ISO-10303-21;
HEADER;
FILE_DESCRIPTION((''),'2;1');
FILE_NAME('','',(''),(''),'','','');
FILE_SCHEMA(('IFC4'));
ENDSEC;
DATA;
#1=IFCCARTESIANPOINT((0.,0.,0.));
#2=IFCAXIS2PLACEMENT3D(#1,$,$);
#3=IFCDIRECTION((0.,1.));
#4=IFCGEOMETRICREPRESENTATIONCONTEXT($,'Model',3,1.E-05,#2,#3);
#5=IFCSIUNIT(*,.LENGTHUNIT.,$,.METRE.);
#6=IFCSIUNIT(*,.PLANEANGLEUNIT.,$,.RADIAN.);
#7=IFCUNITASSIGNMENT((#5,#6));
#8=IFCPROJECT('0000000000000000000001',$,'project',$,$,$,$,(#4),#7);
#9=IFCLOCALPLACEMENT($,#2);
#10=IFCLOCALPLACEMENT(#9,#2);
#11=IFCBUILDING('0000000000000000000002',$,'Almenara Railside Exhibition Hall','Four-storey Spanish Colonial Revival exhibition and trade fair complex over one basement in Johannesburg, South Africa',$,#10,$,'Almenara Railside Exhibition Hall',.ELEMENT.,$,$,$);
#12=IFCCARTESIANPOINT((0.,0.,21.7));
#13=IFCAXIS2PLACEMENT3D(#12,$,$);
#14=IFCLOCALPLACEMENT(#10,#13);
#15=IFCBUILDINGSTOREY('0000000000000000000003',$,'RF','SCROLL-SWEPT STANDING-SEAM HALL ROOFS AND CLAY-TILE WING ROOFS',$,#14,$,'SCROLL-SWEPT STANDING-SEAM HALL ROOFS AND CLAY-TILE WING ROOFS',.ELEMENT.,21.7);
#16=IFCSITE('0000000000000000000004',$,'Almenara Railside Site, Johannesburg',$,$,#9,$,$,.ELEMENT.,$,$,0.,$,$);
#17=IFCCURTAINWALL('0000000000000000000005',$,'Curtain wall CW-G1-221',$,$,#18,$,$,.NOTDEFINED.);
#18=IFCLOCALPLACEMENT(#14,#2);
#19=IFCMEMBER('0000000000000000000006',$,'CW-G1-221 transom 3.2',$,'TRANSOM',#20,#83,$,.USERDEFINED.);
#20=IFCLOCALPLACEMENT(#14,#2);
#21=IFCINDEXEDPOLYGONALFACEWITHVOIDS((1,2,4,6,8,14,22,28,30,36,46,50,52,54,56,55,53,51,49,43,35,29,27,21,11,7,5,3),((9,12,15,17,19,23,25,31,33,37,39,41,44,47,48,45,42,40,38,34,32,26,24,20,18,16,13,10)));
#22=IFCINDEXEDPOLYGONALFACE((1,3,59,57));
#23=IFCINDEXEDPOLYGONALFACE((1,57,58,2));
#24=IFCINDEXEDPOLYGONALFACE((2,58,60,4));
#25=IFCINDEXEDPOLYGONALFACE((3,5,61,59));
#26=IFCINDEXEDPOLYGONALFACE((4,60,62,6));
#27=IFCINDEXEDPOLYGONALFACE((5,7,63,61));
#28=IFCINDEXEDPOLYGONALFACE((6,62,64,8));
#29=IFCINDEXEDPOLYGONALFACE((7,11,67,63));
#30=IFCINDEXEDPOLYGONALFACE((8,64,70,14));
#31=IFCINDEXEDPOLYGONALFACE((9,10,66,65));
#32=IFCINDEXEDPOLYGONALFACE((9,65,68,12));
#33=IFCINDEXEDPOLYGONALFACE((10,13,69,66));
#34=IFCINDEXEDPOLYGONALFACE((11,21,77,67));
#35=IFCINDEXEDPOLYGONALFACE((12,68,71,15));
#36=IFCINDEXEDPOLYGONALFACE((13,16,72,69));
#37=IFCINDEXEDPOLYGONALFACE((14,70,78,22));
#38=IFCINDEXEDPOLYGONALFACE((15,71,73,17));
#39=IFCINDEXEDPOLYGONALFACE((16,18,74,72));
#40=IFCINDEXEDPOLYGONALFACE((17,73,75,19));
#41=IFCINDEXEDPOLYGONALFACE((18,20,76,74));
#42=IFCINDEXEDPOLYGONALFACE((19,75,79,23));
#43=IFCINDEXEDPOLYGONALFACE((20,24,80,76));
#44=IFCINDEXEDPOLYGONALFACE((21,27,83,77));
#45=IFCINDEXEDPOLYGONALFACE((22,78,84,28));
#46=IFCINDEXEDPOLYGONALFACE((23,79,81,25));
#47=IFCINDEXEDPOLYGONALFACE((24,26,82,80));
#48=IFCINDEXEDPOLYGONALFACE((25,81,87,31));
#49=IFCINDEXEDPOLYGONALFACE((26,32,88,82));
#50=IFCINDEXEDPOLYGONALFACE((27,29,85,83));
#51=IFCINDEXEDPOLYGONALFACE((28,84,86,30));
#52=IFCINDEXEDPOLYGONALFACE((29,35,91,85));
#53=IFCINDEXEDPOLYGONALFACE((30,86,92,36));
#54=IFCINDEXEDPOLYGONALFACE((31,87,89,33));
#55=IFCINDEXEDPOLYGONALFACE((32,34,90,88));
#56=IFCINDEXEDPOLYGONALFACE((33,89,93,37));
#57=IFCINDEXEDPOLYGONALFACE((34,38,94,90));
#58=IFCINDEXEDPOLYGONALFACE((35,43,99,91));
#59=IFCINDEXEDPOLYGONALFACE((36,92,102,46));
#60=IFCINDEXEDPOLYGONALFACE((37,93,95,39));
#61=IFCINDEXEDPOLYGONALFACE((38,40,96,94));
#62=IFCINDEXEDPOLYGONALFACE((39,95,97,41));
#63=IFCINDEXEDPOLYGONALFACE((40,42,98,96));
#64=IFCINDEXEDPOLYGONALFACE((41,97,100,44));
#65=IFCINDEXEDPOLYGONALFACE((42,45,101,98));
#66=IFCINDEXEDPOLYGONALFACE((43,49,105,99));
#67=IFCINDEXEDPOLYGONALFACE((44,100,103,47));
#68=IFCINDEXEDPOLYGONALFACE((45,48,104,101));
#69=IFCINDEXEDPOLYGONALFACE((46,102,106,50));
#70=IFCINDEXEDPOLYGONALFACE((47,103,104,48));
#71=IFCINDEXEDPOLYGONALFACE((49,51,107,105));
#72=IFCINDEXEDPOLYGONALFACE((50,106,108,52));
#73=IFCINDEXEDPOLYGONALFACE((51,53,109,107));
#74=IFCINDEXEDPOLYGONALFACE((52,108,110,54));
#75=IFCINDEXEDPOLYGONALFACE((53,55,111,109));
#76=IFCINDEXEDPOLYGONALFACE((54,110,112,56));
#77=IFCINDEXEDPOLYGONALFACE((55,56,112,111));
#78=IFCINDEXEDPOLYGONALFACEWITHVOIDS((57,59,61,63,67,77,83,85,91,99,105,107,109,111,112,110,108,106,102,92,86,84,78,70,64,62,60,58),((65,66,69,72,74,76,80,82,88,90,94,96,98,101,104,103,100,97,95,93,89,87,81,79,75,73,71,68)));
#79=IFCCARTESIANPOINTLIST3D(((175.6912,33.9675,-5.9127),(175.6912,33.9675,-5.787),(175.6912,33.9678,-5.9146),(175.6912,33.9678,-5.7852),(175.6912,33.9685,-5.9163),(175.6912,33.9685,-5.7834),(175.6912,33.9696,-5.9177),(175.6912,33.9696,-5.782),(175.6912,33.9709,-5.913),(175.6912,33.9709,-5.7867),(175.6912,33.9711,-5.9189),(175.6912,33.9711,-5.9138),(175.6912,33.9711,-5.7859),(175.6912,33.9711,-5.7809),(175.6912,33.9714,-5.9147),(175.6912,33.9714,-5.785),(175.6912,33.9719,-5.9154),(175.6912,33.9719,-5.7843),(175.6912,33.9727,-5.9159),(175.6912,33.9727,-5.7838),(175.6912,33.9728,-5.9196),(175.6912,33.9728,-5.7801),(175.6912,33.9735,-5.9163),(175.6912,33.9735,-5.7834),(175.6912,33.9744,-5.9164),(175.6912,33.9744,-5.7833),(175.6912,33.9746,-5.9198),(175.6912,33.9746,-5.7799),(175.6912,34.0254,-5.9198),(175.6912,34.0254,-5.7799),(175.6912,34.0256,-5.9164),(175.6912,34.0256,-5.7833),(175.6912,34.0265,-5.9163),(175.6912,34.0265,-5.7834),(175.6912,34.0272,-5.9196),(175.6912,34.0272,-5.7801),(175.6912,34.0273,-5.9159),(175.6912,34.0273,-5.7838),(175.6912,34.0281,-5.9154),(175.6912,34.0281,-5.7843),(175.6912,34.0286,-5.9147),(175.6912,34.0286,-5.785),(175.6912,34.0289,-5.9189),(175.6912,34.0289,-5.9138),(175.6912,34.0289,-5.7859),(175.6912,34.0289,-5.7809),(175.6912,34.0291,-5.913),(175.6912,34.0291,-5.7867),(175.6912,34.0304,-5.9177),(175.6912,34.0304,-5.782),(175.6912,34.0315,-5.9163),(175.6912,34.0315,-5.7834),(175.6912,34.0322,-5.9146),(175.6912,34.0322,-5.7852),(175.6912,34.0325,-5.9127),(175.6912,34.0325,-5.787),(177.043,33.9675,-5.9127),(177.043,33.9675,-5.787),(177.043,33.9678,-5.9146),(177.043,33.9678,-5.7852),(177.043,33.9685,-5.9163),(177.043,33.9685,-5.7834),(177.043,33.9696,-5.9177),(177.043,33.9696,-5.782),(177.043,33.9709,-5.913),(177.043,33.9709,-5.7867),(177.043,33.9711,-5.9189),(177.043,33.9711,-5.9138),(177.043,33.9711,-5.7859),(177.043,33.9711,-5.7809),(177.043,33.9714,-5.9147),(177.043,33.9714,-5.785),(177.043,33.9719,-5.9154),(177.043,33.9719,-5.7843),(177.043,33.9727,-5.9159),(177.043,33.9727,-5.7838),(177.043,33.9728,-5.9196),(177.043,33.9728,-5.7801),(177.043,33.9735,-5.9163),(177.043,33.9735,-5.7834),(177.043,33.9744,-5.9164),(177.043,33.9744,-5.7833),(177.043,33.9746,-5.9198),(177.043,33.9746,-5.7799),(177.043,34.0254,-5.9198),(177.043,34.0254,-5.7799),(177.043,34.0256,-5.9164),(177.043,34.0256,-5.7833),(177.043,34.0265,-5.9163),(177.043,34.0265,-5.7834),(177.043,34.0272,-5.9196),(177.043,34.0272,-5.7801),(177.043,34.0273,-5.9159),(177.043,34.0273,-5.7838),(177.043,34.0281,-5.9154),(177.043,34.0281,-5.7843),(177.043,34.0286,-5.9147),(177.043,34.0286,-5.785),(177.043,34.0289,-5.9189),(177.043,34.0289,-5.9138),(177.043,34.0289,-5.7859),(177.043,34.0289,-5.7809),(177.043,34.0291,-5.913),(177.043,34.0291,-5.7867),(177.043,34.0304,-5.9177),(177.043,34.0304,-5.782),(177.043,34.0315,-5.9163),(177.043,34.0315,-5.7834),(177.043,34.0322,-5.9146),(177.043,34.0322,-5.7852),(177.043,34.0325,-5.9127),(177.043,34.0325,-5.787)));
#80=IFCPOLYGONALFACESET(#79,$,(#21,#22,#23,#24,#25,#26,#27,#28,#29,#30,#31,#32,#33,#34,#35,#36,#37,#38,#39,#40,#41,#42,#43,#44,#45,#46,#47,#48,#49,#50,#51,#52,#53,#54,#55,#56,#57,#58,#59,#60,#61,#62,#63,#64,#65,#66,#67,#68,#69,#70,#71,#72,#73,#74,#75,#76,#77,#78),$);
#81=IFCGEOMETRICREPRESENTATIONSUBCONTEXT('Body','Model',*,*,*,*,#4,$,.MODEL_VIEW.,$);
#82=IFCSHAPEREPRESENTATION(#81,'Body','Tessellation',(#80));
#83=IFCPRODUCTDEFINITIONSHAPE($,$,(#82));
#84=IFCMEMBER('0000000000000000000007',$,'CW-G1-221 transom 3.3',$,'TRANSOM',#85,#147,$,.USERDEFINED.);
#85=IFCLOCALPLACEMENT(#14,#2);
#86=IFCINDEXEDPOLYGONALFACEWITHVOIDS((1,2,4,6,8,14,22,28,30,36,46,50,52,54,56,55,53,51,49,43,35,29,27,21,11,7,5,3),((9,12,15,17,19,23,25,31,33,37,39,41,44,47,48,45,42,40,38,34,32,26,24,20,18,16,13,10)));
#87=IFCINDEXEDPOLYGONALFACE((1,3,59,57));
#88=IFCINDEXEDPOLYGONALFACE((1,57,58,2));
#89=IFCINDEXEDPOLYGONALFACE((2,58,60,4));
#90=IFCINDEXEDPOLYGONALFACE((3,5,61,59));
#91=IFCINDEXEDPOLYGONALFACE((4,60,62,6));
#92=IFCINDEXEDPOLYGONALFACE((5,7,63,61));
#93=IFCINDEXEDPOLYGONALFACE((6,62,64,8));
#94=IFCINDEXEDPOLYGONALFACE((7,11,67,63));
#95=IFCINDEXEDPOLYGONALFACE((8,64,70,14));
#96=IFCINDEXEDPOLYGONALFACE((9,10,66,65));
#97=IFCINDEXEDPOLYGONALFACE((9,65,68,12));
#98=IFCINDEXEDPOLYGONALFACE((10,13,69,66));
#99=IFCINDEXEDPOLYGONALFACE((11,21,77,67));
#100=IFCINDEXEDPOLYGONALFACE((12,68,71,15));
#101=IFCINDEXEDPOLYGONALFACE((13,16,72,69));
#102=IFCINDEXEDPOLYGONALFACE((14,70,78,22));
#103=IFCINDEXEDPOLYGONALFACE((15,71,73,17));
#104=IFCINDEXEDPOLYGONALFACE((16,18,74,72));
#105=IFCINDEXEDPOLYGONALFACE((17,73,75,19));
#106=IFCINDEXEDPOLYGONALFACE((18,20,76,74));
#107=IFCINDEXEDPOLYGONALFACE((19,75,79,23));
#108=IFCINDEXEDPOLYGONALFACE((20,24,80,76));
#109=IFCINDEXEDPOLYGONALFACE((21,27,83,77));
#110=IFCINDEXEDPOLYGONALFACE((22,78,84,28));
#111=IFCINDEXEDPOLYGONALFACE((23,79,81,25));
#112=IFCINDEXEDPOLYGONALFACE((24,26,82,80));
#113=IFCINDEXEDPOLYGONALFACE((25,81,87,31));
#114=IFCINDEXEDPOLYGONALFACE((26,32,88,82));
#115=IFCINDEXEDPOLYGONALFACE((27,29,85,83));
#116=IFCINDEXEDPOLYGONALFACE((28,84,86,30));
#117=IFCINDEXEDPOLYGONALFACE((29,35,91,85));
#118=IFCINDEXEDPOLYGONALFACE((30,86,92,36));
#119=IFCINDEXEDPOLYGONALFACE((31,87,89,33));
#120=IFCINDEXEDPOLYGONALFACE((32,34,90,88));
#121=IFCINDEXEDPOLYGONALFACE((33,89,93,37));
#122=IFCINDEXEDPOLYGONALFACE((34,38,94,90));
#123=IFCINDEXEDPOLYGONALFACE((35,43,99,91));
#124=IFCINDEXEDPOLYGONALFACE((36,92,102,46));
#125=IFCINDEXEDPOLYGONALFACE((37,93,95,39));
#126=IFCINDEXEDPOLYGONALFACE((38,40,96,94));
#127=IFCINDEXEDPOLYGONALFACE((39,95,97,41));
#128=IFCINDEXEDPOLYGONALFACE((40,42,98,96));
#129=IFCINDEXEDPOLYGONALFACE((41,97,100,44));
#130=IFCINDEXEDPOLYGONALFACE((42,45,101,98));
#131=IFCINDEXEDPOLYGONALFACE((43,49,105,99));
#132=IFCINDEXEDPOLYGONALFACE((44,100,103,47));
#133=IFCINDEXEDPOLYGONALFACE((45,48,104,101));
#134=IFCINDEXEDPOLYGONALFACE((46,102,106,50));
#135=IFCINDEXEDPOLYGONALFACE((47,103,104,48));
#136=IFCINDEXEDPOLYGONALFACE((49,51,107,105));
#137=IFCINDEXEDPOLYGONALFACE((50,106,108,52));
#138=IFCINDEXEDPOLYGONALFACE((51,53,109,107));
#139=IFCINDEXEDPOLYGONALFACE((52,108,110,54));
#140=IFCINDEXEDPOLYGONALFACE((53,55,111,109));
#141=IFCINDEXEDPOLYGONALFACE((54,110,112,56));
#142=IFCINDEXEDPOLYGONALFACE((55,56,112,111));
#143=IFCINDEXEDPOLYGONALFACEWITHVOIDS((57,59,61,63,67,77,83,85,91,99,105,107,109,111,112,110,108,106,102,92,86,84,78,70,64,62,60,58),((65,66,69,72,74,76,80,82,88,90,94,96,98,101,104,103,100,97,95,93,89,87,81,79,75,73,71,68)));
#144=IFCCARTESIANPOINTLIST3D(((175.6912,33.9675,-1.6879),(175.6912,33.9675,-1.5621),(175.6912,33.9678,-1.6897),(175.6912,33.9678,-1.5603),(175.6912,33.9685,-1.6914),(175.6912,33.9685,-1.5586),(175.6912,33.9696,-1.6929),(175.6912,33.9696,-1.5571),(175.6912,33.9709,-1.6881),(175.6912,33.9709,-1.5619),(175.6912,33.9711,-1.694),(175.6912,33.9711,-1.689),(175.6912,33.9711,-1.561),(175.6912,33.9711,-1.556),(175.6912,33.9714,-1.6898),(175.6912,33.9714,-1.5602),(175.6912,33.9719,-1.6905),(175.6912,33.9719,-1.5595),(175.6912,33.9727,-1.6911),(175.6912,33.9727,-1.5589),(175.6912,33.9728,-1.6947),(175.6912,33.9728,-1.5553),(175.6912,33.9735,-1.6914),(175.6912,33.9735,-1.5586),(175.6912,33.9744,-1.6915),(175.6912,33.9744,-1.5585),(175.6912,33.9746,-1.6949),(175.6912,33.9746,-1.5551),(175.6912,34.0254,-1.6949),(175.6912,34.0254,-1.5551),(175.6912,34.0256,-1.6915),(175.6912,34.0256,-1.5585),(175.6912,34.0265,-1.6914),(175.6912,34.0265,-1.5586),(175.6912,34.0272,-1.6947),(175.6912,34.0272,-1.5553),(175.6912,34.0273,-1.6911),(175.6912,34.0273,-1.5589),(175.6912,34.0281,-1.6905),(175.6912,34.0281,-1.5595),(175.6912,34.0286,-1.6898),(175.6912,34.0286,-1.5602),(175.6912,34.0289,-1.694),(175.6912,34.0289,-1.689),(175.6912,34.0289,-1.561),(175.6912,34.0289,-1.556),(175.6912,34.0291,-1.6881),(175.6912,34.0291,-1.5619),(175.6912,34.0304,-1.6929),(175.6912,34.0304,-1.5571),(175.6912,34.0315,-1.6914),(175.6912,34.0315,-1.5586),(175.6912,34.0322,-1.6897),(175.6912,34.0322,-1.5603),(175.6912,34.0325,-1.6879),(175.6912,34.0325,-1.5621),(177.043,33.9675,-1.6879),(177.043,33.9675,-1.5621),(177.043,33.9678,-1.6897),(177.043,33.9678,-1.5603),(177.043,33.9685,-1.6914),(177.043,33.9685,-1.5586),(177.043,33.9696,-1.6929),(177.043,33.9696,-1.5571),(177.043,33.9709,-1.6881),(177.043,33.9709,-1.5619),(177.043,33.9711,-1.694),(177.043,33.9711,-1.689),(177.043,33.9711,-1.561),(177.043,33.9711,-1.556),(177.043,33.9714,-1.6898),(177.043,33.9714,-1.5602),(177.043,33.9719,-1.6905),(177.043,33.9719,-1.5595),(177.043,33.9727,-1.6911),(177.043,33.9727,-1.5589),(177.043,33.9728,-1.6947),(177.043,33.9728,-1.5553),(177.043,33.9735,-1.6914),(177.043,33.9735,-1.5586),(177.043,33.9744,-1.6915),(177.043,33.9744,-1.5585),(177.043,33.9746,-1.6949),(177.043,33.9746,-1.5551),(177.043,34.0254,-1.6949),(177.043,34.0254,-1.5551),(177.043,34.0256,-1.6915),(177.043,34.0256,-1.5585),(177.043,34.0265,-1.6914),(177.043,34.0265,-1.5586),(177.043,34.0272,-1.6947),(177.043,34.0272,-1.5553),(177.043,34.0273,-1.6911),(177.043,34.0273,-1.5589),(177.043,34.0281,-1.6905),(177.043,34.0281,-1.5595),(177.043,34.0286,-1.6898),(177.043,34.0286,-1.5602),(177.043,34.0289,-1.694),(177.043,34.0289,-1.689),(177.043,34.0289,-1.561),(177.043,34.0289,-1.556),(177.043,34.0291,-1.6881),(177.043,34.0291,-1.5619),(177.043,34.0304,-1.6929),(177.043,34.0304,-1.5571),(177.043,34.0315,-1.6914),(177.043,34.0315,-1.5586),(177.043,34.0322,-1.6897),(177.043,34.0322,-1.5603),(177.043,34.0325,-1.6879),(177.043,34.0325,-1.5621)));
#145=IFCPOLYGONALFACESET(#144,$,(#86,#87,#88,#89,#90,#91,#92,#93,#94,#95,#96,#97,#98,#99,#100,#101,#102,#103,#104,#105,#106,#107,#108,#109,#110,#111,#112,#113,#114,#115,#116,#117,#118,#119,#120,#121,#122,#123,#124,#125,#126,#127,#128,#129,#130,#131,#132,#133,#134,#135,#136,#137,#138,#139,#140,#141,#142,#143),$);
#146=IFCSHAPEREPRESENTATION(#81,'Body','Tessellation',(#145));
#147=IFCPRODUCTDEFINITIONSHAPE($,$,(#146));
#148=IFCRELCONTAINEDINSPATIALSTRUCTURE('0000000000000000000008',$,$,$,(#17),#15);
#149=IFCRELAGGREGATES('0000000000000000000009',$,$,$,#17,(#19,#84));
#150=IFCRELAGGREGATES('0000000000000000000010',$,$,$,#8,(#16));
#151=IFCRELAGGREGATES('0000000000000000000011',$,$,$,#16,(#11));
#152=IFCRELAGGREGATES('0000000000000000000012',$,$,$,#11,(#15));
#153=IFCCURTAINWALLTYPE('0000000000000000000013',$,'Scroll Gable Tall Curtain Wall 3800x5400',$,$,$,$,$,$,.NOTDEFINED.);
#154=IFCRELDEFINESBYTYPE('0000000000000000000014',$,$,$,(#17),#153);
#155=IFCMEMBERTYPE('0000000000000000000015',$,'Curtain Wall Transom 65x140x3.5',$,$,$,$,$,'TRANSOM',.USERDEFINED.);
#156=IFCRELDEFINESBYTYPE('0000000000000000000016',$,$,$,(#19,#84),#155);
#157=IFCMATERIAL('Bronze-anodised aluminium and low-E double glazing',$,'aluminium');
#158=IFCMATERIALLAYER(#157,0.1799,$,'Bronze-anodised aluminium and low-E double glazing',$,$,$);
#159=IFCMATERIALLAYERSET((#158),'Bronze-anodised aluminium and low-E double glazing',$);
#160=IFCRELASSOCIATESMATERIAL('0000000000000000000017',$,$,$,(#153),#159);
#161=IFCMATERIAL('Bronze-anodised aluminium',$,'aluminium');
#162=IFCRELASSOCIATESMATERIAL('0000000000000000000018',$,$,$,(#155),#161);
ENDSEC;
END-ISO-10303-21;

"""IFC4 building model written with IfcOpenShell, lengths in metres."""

from ifc_helpers import new_model, si_unit, direction, frame, origin, origin_2d, place, context, subcontext, project, spatial, hollow_rectangle, extrude, material, layer, layer_set, material_profile, profile_set, type_object, element, aggregate, save


model = new_model("IFC4")

# Units and contexts
model_context = context("Model", 3, precision=1e-05, world=origin(), true_north=direction((0.0, 1.0)))
body_context = subcontext(model_context, "Body", "Model", "MODEL_VIEW")
ifc_project = project(units=[si_unit("LENGTHUNIT", "METRE"), si_unit("PLANEANGLEUNIT", "RADIAN")], contexts=[model_context])

# Site, building, storey
site_placement = place(None, origin())
site = spatial("IfcSite", under=ifc_project, at=site_placement, Name="Almenara Railside Site, Johannesburg", CompositionType="ELEMENT", RefElevation=0.0)
building_placement = place(site_placement, origin())
building = spatial("IfcBuilding", under=site, at=building_placement, Name="Almenara Railside Exhibition Hall", Description="Four-storey Spanish Colonial Revival exhibition and trade fair complex over one basement in Johannesburg, South Africa", LongName="Almenara Railside Exhibition Hall", CompositionType="ELEMENT")
storey_placement = place(building_placement, frame((0.0, 0.0, 21.7)))
storey = spatial("IfcBuildingStorey", under=building, at=storey_placement, Name="RF", Description="SCROLL-SWEPT STANDING-SEAM HALL ROOFS AND CLAY-TILE WING ROOFS", LongName="SCROLL-SWEPT STANDING-SEAM HALL ROOFS AND CLAY-TILE WING ROOFS", CompositionType="ELEMENT", Elevation=21.7)

# Curtain wall
ifc_material_1 = material(Name="Bronze-anodised aluminium and low-E double glazing", Category="aluminium")
ifc_layer_1 = layer(ifc_material_1, 0.1799, Name="Bronze-anodised aluminium and low-E double glazing")
ifc_layer_set_1 = layer_set([ifc_layer_1], Name="Bronze-anodised aluminium and low-E double glazing")
curtain_wall_type = type_object("IfcCurtainWallType", Name="Scroll Gable Tall Curtain Wall 3800x5400", PredefinedType="NOTDEFINED", material=ifc_layer_set_1)
curtain_wall_1_placement = place(storey_placement, origin())
curtain_wall_1 = element("IfcCurtainWall", 1, at=curtain_wall_1_placement, inside=storey, type_object=curtain_wall_type, Name="Curtain wall CW-G1-221", PredefinedType="NOTDEFINED")
ifc_material_2 = material(Name="Bronze-anodised aluminium", Category="aluminium")

# Members
ifc_material_profile_1 = material_profile(ifc_material_2, hollow_rectangle(XDim=0.0649, YDim=0.1399, WallThickness=0.0034, InnerFilletRadius=0.0034, OuterFilletRadius=0.0071, at=origin_2d()), Name="ALU-TRN 65x140x3.5")
ifc_profile_set_1 = profile_set([ifc_material_profile_1], Name="Bronze-anodised aluminium")
member_type_1 = type_object("IfcMemberType", Name="Curtain Wall Transom 65x140x3.5", ElementType="TRANSOM", PredefinedType="USERDEFINED", material=ifc_profile_set_1)
member_1_placement = place(storey_placement, frame((175.6912, 34.0, -5.8499), z_axis=(1.0, 0.0, 0.0), x_axis=(0.0, 1.0, 0.0)))
member_1 = element("IfcMember", 2, at=member_1_placement, type_object=member_type_1, Name="CW-G1-221 transom 3.2", ObjectType="TRANSOM", PredefinedType="USERDEFINED", context=body_context, shape_type="SweptSolid", body=[
    extrude(hollow_rectangle(XDim=0.0649, YDim=0.1399, WallThickness=0.0034, InnerFilletRadius=0.0034, OuterFilletRadius=0.0071, at=origin_2d()), origin(), (0.0, 0.0, 1.0), 1.3518),
])
member_2_placement = place(storey_placement, frame((175.6912, 34.0, -1.625), z_axis=(1.0, 0.0, 0.0), x_axis=(0.0, 1.0, 0.0)))
member_2 = element("IfcMember", 3, at=member_2_placement, type_object=member_type_1, Name="CW-G1-221 transom 3.3", ObjectType="TRANSOM", PredefinedType="USERDEFINED", context=body_context, shape_type="SweptSolid", body=[
    extrude(hollow_rectangle(XDim=0.0649, YDim=0.1399, WallThickness=0.0034, InnerFilletRadius=0.0034, OuterFilletRadius=0.0071, at=origin_2d()), origin(), (0.0, 0.0, 1.0), 1.3518),
])

aggregate(curtain_wall_1, [member_1, member_2])

save(model, "model.ifc")
